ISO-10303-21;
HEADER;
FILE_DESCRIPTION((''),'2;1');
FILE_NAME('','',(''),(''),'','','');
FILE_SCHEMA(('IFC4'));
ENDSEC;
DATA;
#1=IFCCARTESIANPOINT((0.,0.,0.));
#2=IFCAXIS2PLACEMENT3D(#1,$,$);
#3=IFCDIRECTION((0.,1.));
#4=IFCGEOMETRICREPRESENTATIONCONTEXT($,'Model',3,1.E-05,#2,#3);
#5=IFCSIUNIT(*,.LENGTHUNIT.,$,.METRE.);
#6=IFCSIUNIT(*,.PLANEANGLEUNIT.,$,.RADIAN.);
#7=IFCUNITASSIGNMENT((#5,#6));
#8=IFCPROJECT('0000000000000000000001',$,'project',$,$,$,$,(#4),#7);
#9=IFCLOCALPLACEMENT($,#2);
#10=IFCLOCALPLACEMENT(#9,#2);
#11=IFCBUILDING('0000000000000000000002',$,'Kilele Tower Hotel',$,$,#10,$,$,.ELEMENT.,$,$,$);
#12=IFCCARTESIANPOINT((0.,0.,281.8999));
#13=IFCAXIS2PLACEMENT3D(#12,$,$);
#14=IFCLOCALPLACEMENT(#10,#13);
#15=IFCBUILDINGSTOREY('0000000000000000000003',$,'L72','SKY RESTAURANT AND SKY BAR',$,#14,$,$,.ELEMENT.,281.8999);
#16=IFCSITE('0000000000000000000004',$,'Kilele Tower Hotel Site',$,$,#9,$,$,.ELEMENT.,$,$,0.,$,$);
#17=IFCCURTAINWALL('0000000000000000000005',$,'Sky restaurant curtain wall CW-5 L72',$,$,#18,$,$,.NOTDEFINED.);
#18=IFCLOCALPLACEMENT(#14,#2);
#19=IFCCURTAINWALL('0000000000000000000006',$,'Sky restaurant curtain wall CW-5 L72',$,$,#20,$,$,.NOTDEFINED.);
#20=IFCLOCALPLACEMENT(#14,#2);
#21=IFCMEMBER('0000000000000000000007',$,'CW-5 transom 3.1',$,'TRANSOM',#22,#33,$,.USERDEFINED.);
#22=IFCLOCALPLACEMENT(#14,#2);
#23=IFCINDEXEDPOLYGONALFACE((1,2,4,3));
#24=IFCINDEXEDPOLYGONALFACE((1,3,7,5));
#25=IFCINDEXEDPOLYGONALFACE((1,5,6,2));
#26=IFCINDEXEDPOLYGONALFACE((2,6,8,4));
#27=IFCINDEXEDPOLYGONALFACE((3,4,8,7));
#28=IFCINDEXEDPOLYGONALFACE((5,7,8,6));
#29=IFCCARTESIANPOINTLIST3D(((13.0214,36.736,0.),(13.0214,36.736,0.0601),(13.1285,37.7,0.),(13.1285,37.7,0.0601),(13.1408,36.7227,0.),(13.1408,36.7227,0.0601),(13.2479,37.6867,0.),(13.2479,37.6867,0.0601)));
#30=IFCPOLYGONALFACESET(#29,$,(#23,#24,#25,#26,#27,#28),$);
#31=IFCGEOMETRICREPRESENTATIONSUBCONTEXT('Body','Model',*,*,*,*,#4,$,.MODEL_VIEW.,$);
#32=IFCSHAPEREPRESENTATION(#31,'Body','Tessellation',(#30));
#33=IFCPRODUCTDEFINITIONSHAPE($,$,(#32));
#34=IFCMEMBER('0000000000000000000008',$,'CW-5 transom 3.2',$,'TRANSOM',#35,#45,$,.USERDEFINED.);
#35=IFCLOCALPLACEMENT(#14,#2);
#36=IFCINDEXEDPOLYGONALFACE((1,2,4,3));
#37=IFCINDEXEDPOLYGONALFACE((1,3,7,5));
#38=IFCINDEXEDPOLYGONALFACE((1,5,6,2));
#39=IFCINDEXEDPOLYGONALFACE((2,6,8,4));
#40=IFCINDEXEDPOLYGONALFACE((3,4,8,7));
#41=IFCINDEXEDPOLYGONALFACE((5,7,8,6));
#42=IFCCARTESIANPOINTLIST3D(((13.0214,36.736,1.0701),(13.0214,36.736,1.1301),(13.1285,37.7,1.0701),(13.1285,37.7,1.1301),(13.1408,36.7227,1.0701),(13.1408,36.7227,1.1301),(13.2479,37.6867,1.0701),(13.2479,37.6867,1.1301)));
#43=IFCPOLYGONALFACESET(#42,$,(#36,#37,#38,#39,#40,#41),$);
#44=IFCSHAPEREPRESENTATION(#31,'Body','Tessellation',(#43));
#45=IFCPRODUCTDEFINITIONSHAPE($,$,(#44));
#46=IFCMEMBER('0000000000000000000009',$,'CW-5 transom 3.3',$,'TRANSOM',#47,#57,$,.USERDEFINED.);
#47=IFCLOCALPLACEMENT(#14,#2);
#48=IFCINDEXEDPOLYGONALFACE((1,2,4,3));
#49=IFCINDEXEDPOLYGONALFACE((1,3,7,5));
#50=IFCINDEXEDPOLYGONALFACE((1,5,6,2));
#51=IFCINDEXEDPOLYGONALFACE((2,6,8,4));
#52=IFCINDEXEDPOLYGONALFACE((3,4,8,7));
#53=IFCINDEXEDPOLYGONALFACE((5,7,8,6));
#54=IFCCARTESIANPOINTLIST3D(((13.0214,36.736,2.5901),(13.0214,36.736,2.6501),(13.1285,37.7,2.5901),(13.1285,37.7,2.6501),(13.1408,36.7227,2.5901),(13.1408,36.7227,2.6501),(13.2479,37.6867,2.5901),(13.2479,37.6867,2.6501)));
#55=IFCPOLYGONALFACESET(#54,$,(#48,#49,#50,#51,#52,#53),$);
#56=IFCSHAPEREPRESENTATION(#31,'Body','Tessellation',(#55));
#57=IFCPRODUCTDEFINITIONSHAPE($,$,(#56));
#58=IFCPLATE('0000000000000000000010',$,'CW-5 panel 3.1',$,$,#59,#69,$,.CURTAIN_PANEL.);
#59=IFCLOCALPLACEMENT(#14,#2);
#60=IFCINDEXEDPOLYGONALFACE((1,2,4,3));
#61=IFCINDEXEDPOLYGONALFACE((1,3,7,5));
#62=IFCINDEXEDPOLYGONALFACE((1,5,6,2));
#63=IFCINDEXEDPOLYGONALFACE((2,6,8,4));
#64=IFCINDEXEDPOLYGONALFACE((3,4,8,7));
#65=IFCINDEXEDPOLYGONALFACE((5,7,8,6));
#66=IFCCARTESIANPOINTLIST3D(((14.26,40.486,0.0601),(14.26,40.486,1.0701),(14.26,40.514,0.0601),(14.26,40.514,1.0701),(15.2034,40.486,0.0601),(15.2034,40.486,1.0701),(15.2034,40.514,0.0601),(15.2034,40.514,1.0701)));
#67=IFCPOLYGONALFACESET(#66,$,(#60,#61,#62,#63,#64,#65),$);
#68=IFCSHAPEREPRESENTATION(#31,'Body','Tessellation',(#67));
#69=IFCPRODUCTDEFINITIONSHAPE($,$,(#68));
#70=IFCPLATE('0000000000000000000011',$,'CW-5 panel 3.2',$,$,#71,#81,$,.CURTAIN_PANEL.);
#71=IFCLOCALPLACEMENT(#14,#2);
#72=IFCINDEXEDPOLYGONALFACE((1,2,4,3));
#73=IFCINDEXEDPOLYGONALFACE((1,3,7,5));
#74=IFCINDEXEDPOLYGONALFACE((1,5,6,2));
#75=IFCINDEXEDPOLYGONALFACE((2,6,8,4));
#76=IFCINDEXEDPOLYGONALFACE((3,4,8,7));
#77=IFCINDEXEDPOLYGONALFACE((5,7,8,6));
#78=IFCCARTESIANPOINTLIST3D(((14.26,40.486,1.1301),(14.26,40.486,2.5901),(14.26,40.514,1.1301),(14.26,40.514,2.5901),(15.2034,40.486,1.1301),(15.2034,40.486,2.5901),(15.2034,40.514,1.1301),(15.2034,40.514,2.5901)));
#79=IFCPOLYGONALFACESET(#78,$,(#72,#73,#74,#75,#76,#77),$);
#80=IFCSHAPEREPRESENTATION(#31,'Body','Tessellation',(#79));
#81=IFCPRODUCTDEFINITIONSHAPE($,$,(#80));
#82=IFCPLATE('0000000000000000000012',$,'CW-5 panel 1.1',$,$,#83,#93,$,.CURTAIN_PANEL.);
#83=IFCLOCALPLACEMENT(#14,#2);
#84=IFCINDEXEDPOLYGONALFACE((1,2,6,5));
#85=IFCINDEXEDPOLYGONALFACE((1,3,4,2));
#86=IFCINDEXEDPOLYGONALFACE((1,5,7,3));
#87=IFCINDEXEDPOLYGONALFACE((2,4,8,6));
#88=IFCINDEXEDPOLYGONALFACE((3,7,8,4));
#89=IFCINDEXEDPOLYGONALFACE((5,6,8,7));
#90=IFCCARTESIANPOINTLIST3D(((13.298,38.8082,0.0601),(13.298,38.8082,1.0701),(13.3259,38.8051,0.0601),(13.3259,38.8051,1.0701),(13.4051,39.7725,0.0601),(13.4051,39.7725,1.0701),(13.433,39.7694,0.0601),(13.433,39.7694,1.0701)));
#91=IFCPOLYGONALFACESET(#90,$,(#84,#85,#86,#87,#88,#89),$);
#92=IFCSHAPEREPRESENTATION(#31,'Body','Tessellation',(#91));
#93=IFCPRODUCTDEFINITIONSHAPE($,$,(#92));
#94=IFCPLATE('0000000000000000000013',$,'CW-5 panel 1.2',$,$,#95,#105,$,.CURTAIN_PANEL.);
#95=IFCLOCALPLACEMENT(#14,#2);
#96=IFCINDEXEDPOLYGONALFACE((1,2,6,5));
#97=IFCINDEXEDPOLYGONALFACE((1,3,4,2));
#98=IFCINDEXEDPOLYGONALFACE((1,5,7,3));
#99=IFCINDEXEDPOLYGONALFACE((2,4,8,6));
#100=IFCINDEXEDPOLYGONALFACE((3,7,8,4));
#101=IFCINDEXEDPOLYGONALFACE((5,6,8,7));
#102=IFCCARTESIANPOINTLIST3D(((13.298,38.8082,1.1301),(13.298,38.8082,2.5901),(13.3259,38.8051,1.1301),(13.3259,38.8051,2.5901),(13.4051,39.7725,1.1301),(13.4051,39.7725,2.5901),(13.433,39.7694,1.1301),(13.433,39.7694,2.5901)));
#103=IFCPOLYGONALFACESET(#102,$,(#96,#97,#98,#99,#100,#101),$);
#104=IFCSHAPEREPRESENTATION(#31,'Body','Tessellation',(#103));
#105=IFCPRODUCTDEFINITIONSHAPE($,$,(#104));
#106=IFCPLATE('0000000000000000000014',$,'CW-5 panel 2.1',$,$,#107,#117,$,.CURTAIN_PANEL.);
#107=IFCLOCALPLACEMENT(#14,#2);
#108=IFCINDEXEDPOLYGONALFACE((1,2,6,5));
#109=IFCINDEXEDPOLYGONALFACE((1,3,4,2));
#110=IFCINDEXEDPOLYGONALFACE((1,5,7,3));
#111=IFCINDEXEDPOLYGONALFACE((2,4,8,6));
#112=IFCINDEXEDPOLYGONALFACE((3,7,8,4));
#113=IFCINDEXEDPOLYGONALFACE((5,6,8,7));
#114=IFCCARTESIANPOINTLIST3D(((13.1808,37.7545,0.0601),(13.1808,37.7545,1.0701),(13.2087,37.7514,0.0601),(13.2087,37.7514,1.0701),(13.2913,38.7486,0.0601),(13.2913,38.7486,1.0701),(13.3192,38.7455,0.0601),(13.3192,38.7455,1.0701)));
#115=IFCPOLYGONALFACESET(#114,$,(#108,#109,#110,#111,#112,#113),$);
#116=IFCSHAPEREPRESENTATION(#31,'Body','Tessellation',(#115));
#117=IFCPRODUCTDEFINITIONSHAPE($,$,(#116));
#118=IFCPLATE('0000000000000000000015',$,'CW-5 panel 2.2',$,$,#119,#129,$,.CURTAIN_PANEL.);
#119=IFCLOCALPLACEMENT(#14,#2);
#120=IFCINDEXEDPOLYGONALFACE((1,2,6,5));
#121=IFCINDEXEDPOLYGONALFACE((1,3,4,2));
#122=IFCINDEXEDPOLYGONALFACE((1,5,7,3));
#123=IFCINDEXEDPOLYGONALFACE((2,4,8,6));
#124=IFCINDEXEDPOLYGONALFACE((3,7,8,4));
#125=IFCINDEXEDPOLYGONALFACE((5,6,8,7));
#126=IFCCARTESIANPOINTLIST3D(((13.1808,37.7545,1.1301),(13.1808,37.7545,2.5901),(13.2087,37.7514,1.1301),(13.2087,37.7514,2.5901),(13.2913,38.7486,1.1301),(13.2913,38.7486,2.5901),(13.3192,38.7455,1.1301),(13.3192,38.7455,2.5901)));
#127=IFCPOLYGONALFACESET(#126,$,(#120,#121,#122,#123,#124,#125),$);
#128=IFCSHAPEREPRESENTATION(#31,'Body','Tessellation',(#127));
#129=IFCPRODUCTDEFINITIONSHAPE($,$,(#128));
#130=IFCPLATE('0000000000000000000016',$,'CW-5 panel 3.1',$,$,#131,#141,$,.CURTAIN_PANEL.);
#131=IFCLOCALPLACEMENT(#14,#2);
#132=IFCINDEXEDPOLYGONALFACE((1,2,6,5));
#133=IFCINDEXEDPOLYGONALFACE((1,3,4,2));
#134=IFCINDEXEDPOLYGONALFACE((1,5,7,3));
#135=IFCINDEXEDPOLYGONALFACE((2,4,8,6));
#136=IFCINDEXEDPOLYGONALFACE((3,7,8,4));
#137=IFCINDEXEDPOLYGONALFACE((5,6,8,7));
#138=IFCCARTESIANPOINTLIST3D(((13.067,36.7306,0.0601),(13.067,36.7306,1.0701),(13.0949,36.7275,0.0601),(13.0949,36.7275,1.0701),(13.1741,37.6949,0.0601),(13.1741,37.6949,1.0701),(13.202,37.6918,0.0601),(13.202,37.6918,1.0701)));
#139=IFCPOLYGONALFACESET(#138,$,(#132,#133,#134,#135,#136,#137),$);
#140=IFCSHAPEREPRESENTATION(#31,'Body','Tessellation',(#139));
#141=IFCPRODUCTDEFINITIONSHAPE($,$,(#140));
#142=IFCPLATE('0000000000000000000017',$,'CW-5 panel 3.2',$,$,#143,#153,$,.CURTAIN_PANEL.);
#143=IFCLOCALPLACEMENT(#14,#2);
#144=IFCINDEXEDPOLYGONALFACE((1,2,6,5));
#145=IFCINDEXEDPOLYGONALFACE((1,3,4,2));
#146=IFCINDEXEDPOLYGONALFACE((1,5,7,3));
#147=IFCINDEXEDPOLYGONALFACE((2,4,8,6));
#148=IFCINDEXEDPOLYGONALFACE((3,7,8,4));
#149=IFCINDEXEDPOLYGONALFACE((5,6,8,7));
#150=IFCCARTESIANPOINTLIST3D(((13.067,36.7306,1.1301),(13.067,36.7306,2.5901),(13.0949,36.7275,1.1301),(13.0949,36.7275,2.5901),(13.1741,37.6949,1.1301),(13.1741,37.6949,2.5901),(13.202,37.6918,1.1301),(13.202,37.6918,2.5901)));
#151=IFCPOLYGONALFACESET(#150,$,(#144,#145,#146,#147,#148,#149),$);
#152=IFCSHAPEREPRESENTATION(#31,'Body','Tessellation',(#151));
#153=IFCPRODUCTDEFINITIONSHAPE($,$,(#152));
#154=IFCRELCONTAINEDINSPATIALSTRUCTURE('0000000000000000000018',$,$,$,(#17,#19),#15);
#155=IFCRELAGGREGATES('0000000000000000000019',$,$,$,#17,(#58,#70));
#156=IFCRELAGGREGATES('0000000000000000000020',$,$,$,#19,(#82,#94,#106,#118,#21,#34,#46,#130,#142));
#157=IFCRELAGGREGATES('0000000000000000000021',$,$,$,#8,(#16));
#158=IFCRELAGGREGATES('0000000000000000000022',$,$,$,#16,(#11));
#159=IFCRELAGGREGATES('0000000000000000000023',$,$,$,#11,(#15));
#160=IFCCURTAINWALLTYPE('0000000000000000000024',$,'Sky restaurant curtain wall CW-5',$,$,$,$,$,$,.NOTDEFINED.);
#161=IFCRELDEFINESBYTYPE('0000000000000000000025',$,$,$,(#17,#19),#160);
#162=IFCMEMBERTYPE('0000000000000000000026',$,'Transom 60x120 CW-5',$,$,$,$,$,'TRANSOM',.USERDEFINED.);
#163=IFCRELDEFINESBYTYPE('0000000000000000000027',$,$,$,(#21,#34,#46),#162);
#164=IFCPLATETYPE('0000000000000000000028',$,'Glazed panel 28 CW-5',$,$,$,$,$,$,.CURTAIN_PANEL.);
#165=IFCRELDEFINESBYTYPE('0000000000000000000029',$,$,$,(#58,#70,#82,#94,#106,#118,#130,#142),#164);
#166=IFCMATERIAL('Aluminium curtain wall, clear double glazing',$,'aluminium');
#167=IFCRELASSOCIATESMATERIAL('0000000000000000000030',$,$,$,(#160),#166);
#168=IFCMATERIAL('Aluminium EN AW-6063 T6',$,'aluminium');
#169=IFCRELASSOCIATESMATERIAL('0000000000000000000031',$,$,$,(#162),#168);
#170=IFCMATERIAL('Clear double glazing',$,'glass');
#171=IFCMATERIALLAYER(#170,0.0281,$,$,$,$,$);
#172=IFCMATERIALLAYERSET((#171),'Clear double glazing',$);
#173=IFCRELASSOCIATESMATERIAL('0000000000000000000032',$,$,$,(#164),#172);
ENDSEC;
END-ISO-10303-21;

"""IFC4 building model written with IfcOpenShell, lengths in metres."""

from ifc_helpers import new_model, si_unit, direction, frame, origin, origin_2d, place, context, subcontext, project, spatial, rectangle, extrude, material, layer, layer_set, material_profile, profile_set, type_object, element, aggregate, save


model = new_model("IFC4")

# Units and contexts
model_context = context("Model", 3, precision=1e-05, world=origin(), true_north=direction((0.0, 1.0)))
body_context = subcontext(model_context, "Body", "Model", "MODEL_VIEW")
ifc_project = project(units=[si_unit("LENGTHUNIT", "METRE"), si_unit("PLANEANGLEUNIT", "RADIAN")], contexts=[model_context])

# Site, building, storey
site_placement = place(None, origin())
site = spatial("IfcSite", under=ifc_project, at=site_placement, Name="Kilele Tower Hotel Site", CompositionType="ELEMENT", RefElevation=0.0)
building_placement = place(site_placement, origin())
building = spatial("IfcBuilding", under=site, at=building_placement, Name="Kilele Tower Hotel", CompositionType="ELEMENT")
storey_placement = place(building_placement, frame((0.0, 0.0, 281.8999)))
storey = spatial("IfcBuildingStorey", under=building, at=storey_placement, Name="L72", Description="SKY RESTAURANT AND SKY BAR", CompositionType="ELEMENT", Elevation=281.8999)

# Curtain wall
ifc_material_1 = material(Name="Aluminium curtain wall, clear double glazing", Category="aluminium")
curtain_wall_type = type_object("IfcCurtainWallType", Name="Sky restaurant curtain wall CW-5", PredefinedType="NOTDEFINED", material=ifc_material_1)
curtain_wall_1_placement = place(storey_placement, origin())
curtain_wall_1 = element("IfcCurtainWall", 1, at=curtain_wall_1_placement, inside=storey, type_object=curtain_wall_type, Name="Sky restaurant curtain wall CW-5 L72", PredefinedType="NOTDEFINED")

# Curtain wall
curtain_wall_2_placement = place(storey_placement, origin())
curtain_wall_2 = element("IfcCurtainWall", 2, at=curtain_wall_2_placement, inside=storey, type_object=curtain_wall_type, Name="Sky restaurant curtain wall CW-5 L72", PredefinedType="NOTDEFINED")

# Members
ifc_material_2 = material(Name="Aluminium EN AW-6063 T6", Category="aluminium")
ifc_material_profile_1 = material_profile(ifc_material_2, rectangle(XDim=0.1201, YDim=0.0601, at=origin_2d()))
ifc_profile_set_1 = profile_set([ifc_material_profile_1], Name="Aluminium EN AW-6063 T6")
member_type_1 = type_object("IfcMemberType", Name="Transom 60x120 CW-5", ElementType="TRANSOM", PredefinedType="USERDEFINED", material=ifc_profile_set_1)
member_1_placement = place(storey_placement, frame((13.1882, 37.6934, 0.03), z_axis=(-0.110487, -0.993878, 0.0), x_axis=(0.993878, -0.110487, 0.0)))
member_1 = element("IfcMember", 3, at=member_1_placement, type_object=member_type_1, Name="CW-5 transom 3.1", ObjectType="TRANSOM", PredefinedType="USERDEFINED", context=body_context, shape_type="SweptSolid", body=[
    extrude(rectangle(XDim=0.1201, YDim=0.0601, at=origin_2d()), origin(), (0.0, 0.0, 1.0), 0.97),
])
member_2_placement = place(storey_placement, frame((13.1882, 37.6934, 1.1001), z_axis=(-0.110487, -0.993878, 0.0), x_axis=(0.993878, -0.110487, 0.0)))
member_2 = element("IfcMember", 4, at=member_2_placement, type_object=member_type_1, Name="CW-5 transom 3.2", ObjectType="TRANSOM", PredefinedType="USERDEFINED", context=body_context, shape_type="SweptSolid", body=[
    extrude(rectangle(XDim=0.1201, YDim=0.0601, at=origin_2d()), origin(), (0.0, 0.0, 1.0), 0.97),
])
member_3_placement = place(storey_placement, frame((13.1882, 37.6934, 2.6201), z_axis=(-0.110487, -0.993878, 0.0), x_axis=(0.993878, -0.110487, 0.0)))
member_3 = element("IfcMember", 5, at=member_3_placement, type_object=member_type_1, Name="CW-5 transom 3.3", ObjectType="TRANSOM", PredefinedType="USERDEFINED", context=body_context, shape_type="SweptSolid", body=[
    extrude(rectangle(XDim=0.1201, YDim=0.0601, at=origin_2d()), origin(), (0.0, 0.0, 1.0), 0.97),
])

# Plates
ifc_material_3 = material(Name="Clear double glazing", Category="glass")
ifc_layer = layer(ifc_material_3, 0.0281)
ifc_layer_set = layer_set([ifc_layer], Name="Clear double glazing")
plate_type = type_object("IfcPlateType", Name="Glazed panel 28 CW-5", PredefinedType="CURTAIN_PANEL", material=ifc_layer_set)
plate_1_placement = place(storey_placement, frame((14.7317, 40.5, 0.0601), z_axis=(0.0, 0.0, 1.0), x_axis=(-1.0, 0.0, 0.0)))
plate_1 = element("IfcPlate", 6, at=plate_1_placement, type_object=plate_type, Name="CW-5 panel 3.1", PredefinedType="CURTAIN_PANEL", context=body_context, shape_type="SweptSolid", body=[
    extrude(rectangle(XDim=0.9434, YDim=0.0281, at=origin_2d()), origin(), (0.0, 0.0, 1.0), 1.01),
])
plate_2_placement = place(storey_placement, frame((14.7317, 40.5, 1.1301), z_axis=(0.0, 0.0, 1.0), x_axis=(-1.0, 0.0, 0.0)))
plate_2 = element("IfcPlate", 7, at=plate_2_placement, type_object=plate_type, Name="CW-5 panel 3.2", PredefinedType="CURTAIN_PANEL", context=body_context, shape_type="SweptSolid", body=[
    extrude(rectangle(XDim=0.9434, YDim=0.0281, at=origin_2d()), origin(), (0.0, 0.0, 1.0), 1.46),
])
aggregate(curtain_wall_1, [plate_1, plate_2])
plate_3_placement = place(storey_placement, frame((13.3655, 39.2888, 0.0601), z_axis=(0.0, 0.0, 1.0), x_axis=(-0.110432, -0.993884, 0.0)))
plate_3 = element("IfcPlate", 8, at=plate_3_placement, type_object=plate_type, Name="CW-5 panel 1.1", PredefinedType="CURTAIN_PANEL", context=body_context, shape_type="SweptSolid", body=[
    extrude(rectangle(XDim=0.9702, YDim=0.0281, at=origin_2d()), origin(), (0.0, 0.0, 1.0), 1.01),
])
plate_4_placement = place(storey_placement, frame((13.3655, 39.2888, 1.1301), z_axis=(0.0, 0.0, 1.0), x_axis=(-0.110432, -0.993884, 0.0)))
plate_4 = element("IfcPlate", 9, at=plate_4_placement, type_object=plate_type, Name="CW-5 panel 1.2", PredefinedType="CURTAIN_PANEL", context=body_context, shape_type="SweptSolid", body=[
    extrude(rectangle(XDim=0.9702, YDim=0.0281, at=origin_2d()), origin(), (0.0, 0.0, 1.0), 1.46),
])
plate_5_placement = place(storey_placement, frame((13.25, 38.25, 0.0601), z_axis=(0.0, 0.0, 1.0), x_axis=(-0.110432, -0.993884, 0.0)))
plate_5 = element("IfcPlate", 10, at=plate_5_placement, type_object=plate_type, Name="CW-5 panel 2.1", PredefinedType="CURTAIN_PANEL", context=body_context, shape_type="SweptSolid", body=[
    extrude(rectangle(XDim=1.0002, YDim=0.0281, at=origin_2d()), origin(), (0.0, 0.0, 1.0), 1.01),
])
plate_6_placement = place(storey_placement, frame((13.25, 38.25, 1.1301), z_axis=(0.0, 0.0, 1.0), x_axis=(-0.110432, -0.993884, 0.0)))
plate_6 = element("IfcPlate", 11, at=plate_6_placement, type_object=plate_type, Name="CW-5 panel 2.2", PredefinedType="CURTAIN_PANEL", context=body_context, shape_type="SweptSolid", body=[
    extrude(rectangle(XDim=1.0002, YDim=0.0281, at=origin_2d()), origin(), (0.0, 0.0, 1.0), 1.46),
])
plate_7_placement = place(storey_placement, frame((13.1345, 37.2112, 0.0601), z_axis=(0.0, 0.0, 1.0), x_axis=(-0.110432, -0.993884, 0.0)))
plate_7 = element("IfcPlate", 12, at=plate_7_placement, type_object=plate_type, Name="CW-5 panel 3.1", PredefinedType="CURTAIN_PANEL", context=body_context, shape_type="SweptSolid", body=[
    extrude(rectangle(XDim=0.9702, YDim=0.0281, at=origin_2d()), origin(), (0.0, 0.0, 1.0), 1.01),
])
plate_8_placement = place(storey_placement, frame((13.1345, 37.2112, 1.1301), z_axis=(0.0, 0.0, 1.0), x_axis=(-0.110432, -0.993884, 0.0)))
plate_8 = element("IfcPlate", 13, at=plate_8_placement, type_object=plate_type, Name="CW-5 panel 3.2", PredefinedType="CURTAIN_PANEL", context=body_context, shape_type="SweptSolid", body=[
    extrude(rectangle(XDim=0.9702, YDim=0.0281, at=origin_2d()), origin(), (0.0, 0.0, 1.0), 1.46),
])
aggregate(curtain_wall_2, [plate_3, plate_4, plate_5, plate_6, member_1, member_2, member_3, plate_7, plate_8])

save(model, "model.ifc")
